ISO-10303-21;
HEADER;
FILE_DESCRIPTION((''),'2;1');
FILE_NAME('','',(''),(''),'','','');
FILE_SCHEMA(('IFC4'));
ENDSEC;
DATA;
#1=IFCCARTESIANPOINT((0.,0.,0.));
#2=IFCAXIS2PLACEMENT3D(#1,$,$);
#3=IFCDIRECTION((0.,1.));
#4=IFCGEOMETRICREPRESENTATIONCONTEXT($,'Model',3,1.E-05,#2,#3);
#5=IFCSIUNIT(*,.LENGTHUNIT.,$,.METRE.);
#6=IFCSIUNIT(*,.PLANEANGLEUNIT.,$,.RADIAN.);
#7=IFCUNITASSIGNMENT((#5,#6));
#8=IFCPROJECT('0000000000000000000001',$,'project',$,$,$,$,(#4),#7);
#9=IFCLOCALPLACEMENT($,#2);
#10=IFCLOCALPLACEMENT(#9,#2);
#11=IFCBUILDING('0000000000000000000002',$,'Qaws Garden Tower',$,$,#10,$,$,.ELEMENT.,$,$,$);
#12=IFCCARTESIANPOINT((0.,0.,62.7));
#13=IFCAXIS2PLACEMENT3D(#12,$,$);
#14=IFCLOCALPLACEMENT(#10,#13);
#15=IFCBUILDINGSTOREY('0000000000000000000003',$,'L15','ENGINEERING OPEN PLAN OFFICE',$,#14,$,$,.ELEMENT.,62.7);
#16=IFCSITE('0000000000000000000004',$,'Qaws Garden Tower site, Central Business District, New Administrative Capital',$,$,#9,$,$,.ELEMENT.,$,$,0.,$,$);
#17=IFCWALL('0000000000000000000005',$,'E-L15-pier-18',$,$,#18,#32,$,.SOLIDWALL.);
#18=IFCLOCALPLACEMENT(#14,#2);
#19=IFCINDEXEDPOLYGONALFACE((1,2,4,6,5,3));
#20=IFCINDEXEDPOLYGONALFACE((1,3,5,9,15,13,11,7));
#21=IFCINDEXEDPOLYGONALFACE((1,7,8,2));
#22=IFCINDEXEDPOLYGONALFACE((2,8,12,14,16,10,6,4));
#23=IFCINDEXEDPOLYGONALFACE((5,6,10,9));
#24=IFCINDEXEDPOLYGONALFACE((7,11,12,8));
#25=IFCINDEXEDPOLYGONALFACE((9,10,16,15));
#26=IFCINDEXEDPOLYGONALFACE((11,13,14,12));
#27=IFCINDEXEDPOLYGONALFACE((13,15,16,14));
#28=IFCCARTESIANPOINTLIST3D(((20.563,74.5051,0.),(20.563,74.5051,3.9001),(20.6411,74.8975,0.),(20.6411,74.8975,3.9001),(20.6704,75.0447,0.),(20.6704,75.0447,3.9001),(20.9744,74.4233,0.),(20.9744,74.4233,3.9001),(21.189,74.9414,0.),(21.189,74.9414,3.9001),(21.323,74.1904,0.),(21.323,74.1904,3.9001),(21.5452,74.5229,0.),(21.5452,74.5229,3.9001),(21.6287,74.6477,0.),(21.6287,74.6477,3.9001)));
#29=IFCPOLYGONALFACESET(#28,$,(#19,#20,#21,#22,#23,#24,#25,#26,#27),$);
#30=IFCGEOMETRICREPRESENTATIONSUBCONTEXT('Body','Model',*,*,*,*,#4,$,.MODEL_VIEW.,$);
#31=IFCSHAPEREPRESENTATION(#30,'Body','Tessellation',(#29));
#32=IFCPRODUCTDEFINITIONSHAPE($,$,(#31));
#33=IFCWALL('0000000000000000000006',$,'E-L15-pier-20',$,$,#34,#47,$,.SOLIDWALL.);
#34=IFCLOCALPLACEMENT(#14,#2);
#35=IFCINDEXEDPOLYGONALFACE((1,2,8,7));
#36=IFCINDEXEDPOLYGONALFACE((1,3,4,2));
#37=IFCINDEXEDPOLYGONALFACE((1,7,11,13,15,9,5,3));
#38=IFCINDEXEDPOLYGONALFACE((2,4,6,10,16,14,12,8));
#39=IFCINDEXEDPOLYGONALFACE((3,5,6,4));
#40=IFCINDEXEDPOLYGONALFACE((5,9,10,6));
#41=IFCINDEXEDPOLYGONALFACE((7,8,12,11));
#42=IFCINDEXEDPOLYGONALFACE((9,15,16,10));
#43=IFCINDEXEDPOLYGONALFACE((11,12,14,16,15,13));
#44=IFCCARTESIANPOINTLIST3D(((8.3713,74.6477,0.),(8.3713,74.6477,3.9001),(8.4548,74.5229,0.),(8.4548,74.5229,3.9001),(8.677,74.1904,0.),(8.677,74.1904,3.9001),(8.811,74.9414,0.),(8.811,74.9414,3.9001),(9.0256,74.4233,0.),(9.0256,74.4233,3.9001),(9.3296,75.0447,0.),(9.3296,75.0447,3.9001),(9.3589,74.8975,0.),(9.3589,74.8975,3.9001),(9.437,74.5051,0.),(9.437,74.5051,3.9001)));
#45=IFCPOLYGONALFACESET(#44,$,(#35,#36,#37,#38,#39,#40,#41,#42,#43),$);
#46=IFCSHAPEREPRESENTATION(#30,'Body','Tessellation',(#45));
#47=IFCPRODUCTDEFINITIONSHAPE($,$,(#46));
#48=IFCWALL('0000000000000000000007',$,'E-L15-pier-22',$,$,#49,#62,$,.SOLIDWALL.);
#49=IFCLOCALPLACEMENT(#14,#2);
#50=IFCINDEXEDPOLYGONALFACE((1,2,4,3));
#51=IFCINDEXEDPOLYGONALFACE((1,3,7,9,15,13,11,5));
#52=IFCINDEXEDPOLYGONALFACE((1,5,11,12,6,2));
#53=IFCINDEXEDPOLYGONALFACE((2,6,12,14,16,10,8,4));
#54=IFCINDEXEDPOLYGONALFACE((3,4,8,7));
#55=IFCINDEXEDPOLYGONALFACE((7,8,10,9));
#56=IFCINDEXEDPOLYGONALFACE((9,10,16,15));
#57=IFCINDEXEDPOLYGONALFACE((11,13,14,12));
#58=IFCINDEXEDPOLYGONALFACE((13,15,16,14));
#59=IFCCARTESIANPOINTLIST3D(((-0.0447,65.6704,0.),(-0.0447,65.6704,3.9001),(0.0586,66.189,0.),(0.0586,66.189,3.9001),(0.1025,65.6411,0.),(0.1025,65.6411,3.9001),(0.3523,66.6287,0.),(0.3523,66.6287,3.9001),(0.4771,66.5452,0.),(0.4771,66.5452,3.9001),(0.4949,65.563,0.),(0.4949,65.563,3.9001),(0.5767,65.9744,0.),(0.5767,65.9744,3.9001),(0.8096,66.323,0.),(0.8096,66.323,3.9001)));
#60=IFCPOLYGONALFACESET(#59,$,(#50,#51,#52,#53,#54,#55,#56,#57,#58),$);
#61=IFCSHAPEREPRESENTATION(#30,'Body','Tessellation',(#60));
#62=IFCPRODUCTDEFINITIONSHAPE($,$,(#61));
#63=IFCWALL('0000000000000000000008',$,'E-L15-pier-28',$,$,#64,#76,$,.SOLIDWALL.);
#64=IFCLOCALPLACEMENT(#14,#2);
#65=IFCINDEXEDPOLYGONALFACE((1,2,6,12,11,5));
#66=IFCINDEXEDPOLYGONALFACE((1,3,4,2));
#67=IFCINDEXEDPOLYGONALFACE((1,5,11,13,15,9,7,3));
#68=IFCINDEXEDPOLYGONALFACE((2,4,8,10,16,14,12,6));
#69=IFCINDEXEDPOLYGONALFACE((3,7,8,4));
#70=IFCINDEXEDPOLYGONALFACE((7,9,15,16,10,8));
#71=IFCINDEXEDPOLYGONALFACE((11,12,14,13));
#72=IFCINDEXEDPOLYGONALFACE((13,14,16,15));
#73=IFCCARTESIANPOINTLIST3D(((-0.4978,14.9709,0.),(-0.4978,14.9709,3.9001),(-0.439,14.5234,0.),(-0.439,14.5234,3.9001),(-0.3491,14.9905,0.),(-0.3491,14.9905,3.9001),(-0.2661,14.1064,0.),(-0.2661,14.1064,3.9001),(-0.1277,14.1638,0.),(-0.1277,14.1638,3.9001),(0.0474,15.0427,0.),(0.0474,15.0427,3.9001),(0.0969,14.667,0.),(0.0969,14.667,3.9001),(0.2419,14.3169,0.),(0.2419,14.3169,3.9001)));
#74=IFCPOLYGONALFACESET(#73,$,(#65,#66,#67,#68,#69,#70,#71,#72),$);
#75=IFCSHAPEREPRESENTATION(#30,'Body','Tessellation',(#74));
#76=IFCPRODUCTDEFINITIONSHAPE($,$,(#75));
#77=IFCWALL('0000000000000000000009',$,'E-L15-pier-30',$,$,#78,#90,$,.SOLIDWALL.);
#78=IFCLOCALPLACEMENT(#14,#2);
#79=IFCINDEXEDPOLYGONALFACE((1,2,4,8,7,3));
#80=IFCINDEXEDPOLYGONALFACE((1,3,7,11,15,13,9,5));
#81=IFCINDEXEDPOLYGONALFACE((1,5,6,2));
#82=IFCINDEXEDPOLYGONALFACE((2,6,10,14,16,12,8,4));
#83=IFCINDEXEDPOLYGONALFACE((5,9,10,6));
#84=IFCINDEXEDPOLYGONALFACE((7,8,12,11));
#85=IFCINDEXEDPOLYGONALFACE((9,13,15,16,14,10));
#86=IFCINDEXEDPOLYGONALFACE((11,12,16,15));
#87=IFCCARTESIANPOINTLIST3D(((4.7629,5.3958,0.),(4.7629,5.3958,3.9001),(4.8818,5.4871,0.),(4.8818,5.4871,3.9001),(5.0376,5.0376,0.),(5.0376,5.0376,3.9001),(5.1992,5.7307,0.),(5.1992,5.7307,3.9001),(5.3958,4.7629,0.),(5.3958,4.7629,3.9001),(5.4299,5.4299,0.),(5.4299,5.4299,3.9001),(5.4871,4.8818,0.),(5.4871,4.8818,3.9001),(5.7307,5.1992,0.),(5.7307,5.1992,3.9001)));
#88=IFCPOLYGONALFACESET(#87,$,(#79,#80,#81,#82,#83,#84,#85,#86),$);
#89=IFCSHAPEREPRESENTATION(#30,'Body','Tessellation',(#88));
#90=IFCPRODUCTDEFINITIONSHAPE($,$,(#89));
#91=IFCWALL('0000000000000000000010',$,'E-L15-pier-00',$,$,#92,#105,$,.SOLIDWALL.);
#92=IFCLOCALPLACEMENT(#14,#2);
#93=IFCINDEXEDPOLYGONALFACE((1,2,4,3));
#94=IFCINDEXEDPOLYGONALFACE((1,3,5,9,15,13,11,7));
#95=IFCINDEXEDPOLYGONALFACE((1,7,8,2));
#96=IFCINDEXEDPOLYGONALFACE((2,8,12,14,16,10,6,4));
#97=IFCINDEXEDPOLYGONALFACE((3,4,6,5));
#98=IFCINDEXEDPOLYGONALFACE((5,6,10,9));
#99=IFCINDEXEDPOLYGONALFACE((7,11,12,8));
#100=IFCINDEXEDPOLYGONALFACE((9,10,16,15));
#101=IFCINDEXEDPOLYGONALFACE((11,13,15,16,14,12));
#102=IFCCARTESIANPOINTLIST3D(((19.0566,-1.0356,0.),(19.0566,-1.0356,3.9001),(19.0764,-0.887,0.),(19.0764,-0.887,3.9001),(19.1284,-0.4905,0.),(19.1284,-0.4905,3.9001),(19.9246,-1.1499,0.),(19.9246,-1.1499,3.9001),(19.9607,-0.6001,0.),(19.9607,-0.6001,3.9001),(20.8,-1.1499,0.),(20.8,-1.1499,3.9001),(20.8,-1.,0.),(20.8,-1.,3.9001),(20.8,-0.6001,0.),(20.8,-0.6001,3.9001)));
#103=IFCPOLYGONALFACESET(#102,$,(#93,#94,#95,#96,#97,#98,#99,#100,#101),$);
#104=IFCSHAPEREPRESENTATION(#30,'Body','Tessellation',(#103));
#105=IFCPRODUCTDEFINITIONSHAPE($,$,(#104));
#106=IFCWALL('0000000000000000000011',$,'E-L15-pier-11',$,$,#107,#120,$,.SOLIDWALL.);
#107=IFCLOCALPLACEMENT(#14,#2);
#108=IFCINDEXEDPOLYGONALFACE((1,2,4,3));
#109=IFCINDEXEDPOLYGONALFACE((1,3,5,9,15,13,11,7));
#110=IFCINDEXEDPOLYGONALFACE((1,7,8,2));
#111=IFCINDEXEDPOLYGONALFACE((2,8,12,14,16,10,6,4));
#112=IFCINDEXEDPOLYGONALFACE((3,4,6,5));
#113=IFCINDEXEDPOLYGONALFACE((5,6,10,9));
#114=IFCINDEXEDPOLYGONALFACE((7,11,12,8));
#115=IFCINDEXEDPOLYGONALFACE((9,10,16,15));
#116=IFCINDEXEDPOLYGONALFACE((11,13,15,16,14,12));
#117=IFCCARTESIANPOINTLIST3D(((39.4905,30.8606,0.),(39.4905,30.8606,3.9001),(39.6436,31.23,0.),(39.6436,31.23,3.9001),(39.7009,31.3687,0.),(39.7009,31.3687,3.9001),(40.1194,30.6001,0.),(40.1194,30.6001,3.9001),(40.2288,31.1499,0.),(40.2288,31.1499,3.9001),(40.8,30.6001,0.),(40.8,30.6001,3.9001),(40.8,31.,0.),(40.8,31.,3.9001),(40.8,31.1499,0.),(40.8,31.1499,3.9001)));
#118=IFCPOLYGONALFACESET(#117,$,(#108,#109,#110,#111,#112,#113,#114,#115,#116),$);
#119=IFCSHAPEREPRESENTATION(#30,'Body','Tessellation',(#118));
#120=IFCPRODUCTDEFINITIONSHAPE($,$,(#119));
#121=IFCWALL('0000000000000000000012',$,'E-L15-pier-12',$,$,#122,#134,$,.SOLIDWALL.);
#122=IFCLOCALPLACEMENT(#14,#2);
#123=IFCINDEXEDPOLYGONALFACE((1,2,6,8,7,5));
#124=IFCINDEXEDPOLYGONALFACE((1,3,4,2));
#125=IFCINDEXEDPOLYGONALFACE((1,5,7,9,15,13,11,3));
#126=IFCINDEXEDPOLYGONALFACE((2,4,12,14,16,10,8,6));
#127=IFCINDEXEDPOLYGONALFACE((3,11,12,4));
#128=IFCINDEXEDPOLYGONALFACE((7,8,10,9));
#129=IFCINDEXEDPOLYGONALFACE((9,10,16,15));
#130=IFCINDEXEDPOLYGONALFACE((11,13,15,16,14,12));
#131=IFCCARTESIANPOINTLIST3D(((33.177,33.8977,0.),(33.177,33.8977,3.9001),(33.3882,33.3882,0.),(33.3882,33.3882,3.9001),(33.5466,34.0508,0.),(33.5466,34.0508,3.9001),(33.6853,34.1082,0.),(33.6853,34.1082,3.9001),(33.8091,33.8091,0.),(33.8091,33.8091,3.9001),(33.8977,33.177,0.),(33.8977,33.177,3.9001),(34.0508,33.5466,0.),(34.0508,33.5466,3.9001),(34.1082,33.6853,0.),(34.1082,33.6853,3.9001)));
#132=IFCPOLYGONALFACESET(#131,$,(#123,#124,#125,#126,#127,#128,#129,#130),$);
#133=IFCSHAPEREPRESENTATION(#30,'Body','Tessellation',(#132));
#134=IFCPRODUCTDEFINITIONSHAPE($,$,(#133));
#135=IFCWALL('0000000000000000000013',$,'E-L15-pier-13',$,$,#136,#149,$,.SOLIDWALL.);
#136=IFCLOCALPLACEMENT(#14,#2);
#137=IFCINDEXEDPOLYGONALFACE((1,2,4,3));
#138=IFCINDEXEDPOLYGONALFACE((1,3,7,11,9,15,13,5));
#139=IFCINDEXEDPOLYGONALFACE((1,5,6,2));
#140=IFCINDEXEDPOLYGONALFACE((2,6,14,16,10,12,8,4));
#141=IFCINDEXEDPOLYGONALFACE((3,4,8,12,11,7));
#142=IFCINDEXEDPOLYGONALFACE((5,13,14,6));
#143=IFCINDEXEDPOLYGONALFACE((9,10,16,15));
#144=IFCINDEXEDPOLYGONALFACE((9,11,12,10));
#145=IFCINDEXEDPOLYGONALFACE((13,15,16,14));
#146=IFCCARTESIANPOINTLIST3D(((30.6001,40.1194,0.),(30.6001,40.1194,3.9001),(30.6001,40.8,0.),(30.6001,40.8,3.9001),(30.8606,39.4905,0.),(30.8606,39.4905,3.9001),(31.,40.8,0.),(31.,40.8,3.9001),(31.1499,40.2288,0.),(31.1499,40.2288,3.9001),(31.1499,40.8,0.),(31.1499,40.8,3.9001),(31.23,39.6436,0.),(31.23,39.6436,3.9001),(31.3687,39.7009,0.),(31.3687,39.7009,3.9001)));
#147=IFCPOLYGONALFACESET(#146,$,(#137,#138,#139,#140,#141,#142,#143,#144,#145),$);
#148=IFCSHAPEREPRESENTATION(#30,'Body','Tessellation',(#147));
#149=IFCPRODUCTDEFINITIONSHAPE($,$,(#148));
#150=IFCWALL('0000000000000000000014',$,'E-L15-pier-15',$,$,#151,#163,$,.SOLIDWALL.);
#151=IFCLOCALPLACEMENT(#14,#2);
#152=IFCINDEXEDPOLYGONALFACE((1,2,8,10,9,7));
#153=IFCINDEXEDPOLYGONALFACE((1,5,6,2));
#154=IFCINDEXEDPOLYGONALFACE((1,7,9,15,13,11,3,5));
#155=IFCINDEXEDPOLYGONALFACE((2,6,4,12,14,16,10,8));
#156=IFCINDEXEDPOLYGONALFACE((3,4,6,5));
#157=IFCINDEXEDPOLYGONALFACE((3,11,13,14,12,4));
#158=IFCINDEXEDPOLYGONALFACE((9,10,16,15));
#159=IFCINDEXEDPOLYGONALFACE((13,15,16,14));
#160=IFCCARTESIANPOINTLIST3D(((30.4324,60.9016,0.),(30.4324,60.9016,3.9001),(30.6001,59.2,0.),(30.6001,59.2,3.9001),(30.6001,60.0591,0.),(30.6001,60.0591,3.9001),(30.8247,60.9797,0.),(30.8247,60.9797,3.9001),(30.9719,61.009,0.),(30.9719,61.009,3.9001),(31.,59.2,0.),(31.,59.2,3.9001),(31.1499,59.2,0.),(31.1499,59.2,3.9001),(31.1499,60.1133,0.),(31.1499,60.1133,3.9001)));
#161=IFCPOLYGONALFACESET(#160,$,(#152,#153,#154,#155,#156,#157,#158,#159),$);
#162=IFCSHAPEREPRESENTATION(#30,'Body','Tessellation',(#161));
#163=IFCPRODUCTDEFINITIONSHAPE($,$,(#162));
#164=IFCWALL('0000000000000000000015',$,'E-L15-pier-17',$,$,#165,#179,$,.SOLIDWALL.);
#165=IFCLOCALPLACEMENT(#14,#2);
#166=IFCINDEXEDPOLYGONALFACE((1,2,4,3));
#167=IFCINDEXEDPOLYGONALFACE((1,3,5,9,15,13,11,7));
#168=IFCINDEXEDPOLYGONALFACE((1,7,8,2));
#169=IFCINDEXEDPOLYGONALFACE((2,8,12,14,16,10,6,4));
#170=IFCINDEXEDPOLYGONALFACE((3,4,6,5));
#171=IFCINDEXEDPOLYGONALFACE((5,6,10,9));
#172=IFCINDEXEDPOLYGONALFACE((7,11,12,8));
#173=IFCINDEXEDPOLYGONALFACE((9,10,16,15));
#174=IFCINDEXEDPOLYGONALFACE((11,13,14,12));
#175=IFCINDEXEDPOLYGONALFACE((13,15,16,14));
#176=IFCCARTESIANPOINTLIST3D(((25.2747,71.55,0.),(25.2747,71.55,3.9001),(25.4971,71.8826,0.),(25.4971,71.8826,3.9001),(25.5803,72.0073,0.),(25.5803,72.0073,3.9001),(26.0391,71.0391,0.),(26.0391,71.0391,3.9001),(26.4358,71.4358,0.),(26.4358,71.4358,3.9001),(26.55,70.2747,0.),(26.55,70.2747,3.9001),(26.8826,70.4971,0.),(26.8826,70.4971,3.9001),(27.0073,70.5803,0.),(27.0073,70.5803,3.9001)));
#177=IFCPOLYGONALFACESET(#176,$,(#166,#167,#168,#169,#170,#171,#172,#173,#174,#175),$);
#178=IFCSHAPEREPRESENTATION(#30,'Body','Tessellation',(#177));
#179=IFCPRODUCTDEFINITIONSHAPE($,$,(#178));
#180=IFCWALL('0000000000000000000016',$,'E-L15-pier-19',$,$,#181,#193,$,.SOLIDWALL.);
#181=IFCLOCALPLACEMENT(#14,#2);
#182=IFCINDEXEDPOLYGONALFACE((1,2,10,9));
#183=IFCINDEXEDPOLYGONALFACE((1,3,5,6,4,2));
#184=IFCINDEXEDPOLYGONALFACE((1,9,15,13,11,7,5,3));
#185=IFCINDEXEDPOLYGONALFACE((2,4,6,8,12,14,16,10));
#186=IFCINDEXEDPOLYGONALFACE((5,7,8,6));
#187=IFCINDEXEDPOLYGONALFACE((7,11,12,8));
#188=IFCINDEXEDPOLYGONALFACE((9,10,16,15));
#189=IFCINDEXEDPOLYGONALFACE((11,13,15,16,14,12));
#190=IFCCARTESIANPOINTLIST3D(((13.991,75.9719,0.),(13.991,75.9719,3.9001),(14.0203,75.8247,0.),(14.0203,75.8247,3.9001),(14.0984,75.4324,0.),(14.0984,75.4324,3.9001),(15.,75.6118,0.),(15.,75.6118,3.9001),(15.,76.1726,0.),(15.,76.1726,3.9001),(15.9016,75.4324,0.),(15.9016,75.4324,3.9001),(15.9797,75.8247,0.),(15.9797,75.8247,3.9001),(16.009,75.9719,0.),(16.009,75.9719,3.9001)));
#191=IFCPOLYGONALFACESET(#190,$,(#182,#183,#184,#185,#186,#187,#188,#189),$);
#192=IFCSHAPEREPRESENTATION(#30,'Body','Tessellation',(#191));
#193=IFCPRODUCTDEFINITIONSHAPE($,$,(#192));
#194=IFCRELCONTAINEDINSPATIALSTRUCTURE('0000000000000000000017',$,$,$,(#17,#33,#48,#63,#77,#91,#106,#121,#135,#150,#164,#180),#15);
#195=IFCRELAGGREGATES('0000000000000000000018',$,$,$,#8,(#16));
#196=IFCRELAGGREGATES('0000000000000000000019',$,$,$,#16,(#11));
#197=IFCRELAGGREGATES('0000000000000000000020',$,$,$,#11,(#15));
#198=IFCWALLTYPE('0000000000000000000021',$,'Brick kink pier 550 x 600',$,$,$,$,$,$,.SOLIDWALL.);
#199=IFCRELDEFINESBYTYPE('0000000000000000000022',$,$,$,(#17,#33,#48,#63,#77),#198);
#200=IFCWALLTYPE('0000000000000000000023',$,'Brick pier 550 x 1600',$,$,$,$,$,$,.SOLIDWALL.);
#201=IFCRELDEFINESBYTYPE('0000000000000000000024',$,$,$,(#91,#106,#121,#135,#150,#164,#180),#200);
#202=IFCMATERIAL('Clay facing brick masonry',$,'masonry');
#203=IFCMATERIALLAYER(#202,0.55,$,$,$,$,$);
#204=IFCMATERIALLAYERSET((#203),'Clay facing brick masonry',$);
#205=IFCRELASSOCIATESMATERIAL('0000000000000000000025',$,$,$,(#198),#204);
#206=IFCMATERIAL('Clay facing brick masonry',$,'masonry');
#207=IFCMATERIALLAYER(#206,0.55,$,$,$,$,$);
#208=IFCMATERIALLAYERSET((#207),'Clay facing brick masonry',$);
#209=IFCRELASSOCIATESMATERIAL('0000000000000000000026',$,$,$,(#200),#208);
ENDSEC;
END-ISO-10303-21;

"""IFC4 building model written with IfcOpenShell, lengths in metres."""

from ifc_helpers import new_model, si_unit, direction, frame, origin, place, context, subcontext, project, spatial, polyline, outline, extrude, material, layer, layer_set, type_object, element, save


model = new_model("IFC4")

# Units and contexts
model_context = context("Model", 3, precision=1e-05, world=origin(), true_north=direction((0.0, 1.0)))
body_context = subcontext(model_context, "Body", "Model", "MODEL_VIEW")
ifc_project = project(units=[si_unit("LENGTHUNIT", "METRE"), si_unit("PLANEANGLEUNIT", "RADIAN")], contexts=[model_context])

# Site, building, storey
site_placement = place(None, origin())
site = spatial("IfcSite", under=ifc_project, at=site_placement, Name="Qaws Garden Tower site, Central Business District, New Administrative Capital", CompositionType="ELEMENT", RefElevation=0.0)
building_placement = place(site_placement, origin())
building = spatial("IfcBuilding", under=site, at=building_placement, Name="Qaws Garden Tower", CompositionType="ELEMENT")
storey_placement = place(building_placement, frame((0.0, 0.0, 62.7)))
storey = spatial("IfcBuildingStorey", under=building, at=storey_placement, Name="L15", Description="ENGINEERING OPEN PLAN OFFICE", CompositionType="ELEMENT", Elevation=62.7)

# Walls
placement = place(storey_placement, origin())
ifc_material_1 = material(Name="Clay facing brick masonry", Category="masonry")
ifc_layer_1 = layer(ifc_material_1, 0.55)
ifc_layer_set_1 = layer_set([ifc_layer_1], Name="Clay facing brick masonry")
wall_type_1 = type_object("IfcWallType", Name="Brick kink pier 550 x 600", PredefinedType="SOLIDWALL", material=ifc_layer_set_1)
element("IfcWall", 1, at=placement, inside=storey, type_object=wall_type_1, Name="E-L15-pier-18", PredefinedType="SOLIDWALL", context=body_context, shape_type="SweptSolid", body=[
    extrude(outline(polyline([(21.5452, 74.5229), (21.6287, 74.6477), (21.189, 74.9414), (20.6704, 75.0447), (20.6411, 74.8975), (20.563, 74.5051), (20.9744, 74.4233), (21.323, 74.1904), (21.5452, 74.5229)])), origin(), (0.0, 0.0, 1.0), 3.9001),
])
element("IfcWall", 2, at=placement, inside=storey, type_object=wall_type_1, Name="E-L15-pier-20", PredefinedType="SOLIDWALL", context=body_context, shape_type="SweptSolid", body=[
    extrude(outline(polyline([(9.3589, 74.8975), (9.3296, 75.0447), (8.811, 74.9414), (8.3713, 74.6477), (8.4548, 74.5229), (8.677, 74.1904), (9.0256, 74.4233), (9.437, 74.5051), (9.3589, 74.8975)])), origin(), (0.0, 0.0, 1.0), 3.9001),
])
element("IfcWall", 3, at=placement, inside=storey, type_object=wall_type_1, Name="E-L15-pier-22", PredefinedType="SOLIDWALL", context=body_context, shape_type="SweptSolid", body=[
    extrude(outline(polyline([(0.4771, 66.5452), (0.3523, 66.6287), (0.0586, 66.189), (-0.0447, 65.6704), (0.1025, 65.6411), (0.4949, 65.563), (0.5767, 65.9744), (0.8096, 66.323), (0.4771, 66.5452)])), origin(), (0.0, 0.0, 1.0), 3.9001),
])
element("IfcWall", 4, at=placement, inside=storey, type_object=wall_type_1, Name="E-L15-pier-28", PredefinedType="SOLIDWALL", context=body_context, shape_type="SweptSolid", body=[
    extrude(outline(polyline([(-0.3491, 14.9905), (-0.4978, 14.9709), (-0.439, 14.5234), (-0.2661, 14.1064), (-0.1277, 14.1638), (0.2419, 14.3169), (0.0969, 14.667), (0.0474, 15.0427), (-0.3491, 14.9905)])), origin(), (0.0, 0.0, 1.0), 3.9001),
])
element("IfcWall", 5, at=placement, inside=storey, type_object=wall_type_1, Name="E-L15-pier-30", PredefinedType="SOLIDWALL", context=body_context, shape_type="SweptSolid", body=[
    extrude(outline(polyline([(4.8818, 5.4871), (4.7629, 5.3958), (5.0376, 5.0376), (5.3958, 4.7629), (5.4871, 4.8818), (5.7307, 5.1992), (5.4299, 5.4299), (5.1992, 5.7307), (4.8818, 5.4871)])), origin(), (0.0, 0.0, 1.0), 3.9001),
])
ifc_material_2 = material(Name="Clay facing brick masonry", Category="masonry")
ifc_layer_2 = layer(ifc_material_2, 0.55)
ifc_layer_set_2 = layer_set([ifc_layer_2], Name="Clay facing brick masonry")
wall_type_2 = type_object("IfcWallType", Name="Brick pier 550 x 1600", PredefinedType="SOLIDWALL", material=ifc_layer_set_2)
element("IfcWall", 6, at=placement, inside=storey, type_object=wall_type_2, Name="E-L15-pier-00", PredefinedType="SOLIDWALL", context=body_context, shape_type="SweptSolid", body=[
    extrude(outline(polyline([(19.0764, -0.887), (19.0566, -1.0356), (19.9246, -1.1499), (20.8, -1.1499), (20.8, -1.0), (20.8, -0.6001), (19.9607, -0.6001), (19.1284, -0.4905), (19.0764, -0.887)])), origin(), (0.0, 0.0, 1.0), 3.9001),
])
element("IfcWall", 7, at=placement, inside=storey, type_object=wall_type_2, Name="E-L15-pier-11", PredefinedType="SOLIDWALL", context=body_context, shape_type="SweptSolid", body=[
    extrude(outline(polyline([(40.8, 31.0), (40.8, 31.1499), (40.2288, 31.1499), (39.7009, 31.3687), (39.6436, 31.23), (39.4905, 30.8606), (40.1194, 30.6001), (40.8, 30.6001), (40.8, 31.0)])), origin(), (0.0, 0.0, 1.0), 3.9001),
])
element("IfcWall", 8, at=placement, inside=storey, type_object=wall_type_2, Name="E-L15-pier-12", PredefinedType="SOLIDWALL", context=body_context, shape_type="SweptSolid", body=[
    extrude(outline(polyline([(34.0508, 33.5466), (34.1082, 33.6853), (33.8091, 33.8091), (33.6853, 34.1082), (33.5466, 34.0508), (33.177, 33.8977), (33.3882, 33.3882), (33.8977, 33.177), (34.0508, 33.5466)])), origin(), (0.0, 0.0, 1.0), 3.9001),
])
element("IfcWall", 9, at=placement, inside=storey, type_object=wall_type_2, Name="E-L15-pier-13", PredefinedType="SOLIDWALL", context=body_context, shape_type="SweptSolid", body=[
    extrude(outline(polyline([(31.23, 39.6436), (31.3687, 39.7009), (31.1499, 40.2288), (31.1499, 40.8), (31.0, 40.8), (30.6001, 40.8), (30.6001, 40.1194), (30.8606, 39.4905), (31.23, 39.6436)])), origin(), (0.0, 0.0, 1.0), 3.9001),
])
element("IfcWall", 10, at=placement, inside=storey, type_object=wall_type_2, Name="E-L15-pier-15", PredefinedType="SOLIDWALL", context=body_context, shape_type="SweptSolid", body=[
    extrude(outline(polyline([(31.0, 59.2), (31.1499, 59.2), (31.1499, 60.1133), (30.9719, 61.009), (30.8247, 60.9797), (30.4324, 60.9016), (30.6001, 60.0591), (30.6001, 59.2), (31.0, 59.2)])), origin(), (0.0, 0.0, 1.0), 3.9001),
])
element("IfcWall", 11, at=placement, inside=storey, type_object=wall_type_2, Name="E-L15-pier-17", PredefinedType="SOLIDWALL", context=body_context, shape_type="SweptSolid", body=[
    extrude(outline(polyline([(26.8826, 70.4971), (27.0073, 70.5803), (26.4358, 71.4358), (25.5803, 72.0073), (25.4971, 71.8826), (25.2747, 71.55), (26.0391, 71.0391), (26.55, 70.2747), (26.8826, 70.4971)])), origin(), (0.0, 0.0, 1.0), 3.9001),
])
element("IfcWall", 12, at=placement, inside=storey, type_object=wall_type_2, Name="E-L15-pier-19", PredefinedType="SOLIDWALL", context=body_context, shape_type="SweptSolid", body=[
    extrude(outline(polyline([(15.9797, 75.8247), (16.009, 75.9719), (15.0, 76.1726), (13.991, 75.9719), (14.0203, 75.8247), (14.0984, 75.4324), (15.0, 75.6118), (15.9016, 75.4324), (15.9797, 75.8247)])), origin(), (0.0, 0.0, 1.0), 3.9001),
])

save(model, "model.ifc")
